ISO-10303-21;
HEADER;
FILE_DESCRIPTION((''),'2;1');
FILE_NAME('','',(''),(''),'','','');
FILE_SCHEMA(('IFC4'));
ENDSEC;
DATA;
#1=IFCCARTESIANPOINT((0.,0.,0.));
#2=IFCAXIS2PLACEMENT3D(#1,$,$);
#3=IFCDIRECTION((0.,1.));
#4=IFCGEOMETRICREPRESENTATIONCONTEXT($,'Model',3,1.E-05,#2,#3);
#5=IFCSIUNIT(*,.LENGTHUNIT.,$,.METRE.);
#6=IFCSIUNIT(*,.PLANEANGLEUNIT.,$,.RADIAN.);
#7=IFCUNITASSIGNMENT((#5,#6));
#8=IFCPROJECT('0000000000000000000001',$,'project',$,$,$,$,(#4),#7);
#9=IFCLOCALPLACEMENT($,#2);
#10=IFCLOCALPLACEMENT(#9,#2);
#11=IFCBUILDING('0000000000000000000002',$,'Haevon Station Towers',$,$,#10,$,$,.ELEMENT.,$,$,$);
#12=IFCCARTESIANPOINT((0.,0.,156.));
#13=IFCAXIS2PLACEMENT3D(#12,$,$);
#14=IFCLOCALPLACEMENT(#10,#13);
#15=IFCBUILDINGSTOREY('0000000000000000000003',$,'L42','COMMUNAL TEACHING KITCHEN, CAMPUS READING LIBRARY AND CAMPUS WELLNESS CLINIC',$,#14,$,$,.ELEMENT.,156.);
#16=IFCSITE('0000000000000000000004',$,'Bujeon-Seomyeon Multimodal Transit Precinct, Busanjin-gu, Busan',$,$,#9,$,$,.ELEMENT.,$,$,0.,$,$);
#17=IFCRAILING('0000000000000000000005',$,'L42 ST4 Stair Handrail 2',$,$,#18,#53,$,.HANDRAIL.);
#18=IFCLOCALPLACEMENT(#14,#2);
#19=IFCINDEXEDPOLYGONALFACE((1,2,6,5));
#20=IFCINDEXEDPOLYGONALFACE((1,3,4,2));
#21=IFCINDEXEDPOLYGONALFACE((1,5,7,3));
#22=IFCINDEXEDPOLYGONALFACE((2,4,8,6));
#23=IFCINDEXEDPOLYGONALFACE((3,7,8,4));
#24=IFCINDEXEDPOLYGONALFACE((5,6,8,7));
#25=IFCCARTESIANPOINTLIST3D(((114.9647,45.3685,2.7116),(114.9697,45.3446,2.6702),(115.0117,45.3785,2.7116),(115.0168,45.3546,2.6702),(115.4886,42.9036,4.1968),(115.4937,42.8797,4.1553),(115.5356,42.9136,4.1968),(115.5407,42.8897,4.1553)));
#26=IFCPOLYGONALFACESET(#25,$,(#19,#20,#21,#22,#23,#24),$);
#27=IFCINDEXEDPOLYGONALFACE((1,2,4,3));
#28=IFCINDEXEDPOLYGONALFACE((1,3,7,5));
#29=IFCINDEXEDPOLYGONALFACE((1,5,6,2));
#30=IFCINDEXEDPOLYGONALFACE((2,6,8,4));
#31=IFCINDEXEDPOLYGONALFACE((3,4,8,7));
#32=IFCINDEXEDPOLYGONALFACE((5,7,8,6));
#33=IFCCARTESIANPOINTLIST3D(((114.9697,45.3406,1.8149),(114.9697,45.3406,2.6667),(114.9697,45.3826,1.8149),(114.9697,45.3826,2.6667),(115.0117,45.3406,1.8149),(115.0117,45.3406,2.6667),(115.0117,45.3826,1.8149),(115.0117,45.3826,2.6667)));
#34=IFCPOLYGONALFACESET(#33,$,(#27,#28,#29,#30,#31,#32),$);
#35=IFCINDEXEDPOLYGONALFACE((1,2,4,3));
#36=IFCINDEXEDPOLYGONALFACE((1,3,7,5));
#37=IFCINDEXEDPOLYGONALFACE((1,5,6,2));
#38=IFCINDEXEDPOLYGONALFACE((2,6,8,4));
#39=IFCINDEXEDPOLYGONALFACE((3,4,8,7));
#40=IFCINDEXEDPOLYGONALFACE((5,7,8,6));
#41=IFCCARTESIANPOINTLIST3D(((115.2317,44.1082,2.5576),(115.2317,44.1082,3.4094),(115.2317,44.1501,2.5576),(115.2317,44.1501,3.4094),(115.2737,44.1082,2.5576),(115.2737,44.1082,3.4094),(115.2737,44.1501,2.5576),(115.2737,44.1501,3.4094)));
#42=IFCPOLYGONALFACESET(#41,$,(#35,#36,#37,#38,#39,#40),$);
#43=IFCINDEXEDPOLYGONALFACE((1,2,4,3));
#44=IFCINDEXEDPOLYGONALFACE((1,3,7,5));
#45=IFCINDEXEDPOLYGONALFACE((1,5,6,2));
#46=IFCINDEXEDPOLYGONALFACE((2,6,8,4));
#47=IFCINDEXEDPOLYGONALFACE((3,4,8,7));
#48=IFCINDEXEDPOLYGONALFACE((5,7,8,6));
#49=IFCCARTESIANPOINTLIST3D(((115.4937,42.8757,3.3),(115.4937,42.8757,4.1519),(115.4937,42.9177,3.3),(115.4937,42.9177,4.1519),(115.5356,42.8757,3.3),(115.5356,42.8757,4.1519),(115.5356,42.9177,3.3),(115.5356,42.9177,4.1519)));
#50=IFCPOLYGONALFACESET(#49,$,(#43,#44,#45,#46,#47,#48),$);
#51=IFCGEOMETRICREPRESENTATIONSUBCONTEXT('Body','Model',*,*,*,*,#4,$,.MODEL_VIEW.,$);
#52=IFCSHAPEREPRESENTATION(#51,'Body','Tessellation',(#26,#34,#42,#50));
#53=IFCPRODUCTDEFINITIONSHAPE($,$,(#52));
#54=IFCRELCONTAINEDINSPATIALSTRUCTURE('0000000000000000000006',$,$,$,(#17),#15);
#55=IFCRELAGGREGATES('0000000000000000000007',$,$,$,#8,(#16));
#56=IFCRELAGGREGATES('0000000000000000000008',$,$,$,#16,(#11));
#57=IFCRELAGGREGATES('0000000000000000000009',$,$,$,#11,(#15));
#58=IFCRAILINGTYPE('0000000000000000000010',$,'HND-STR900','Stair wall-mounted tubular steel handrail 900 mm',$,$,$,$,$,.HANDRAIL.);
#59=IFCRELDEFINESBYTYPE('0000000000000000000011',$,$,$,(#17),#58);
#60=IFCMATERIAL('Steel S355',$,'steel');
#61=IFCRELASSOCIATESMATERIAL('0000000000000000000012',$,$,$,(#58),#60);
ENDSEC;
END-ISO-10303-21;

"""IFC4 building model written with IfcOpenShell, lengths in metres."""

from ifc_helpers import new_model, si_unit, direction, frame, origin, origin_2d, place, context, subcontext, project, spatial, rectangle, extrude, material, type_object, element, save


model = new_model("IFC4")

# Units and contexts
model_context = context("Model", 3, precision=1e-05, world=origin(), true_north=direction((0.0, 1.0)))
body_context = subcontext(model_context, "Body", "Model", "MODEL_VIEW")
ifc_project = project(units=[si_unit("LENGTHUNIT", "METRE"), si_unit("PLANEANGLEUNIT", "RADIAN")], contexts=[model_context])

# Site, building, storey
site_placement = place(None, origin())
site = spatial("IfcSite", under=ifc_project, at=site_placement, Name="Bujeon-Seomyeon Multimodal Transit Precinct, Busanjin-gu, Busan", CompositionType="ELEMENT", RefElevation=0.0)
building_placement = place(site_placement, origin())
building = spatial("IfcBuilding", under=site, at=building_placement, Name="Haevon Station Towers", CompositionType="ELEMENT")
storey_placement = place(building_placement, frame((0.0, 0.0, 156.0)))
storey = spatial("IfcBuildingStorey", under=building, at=storey_placement, Name="L42", Description="COMMUNAL TEACHING KITCHEN, CAMPUS READING LIBRARY AND CAMPUS WELLNESS CLINIC", CompositionType="ELEMENT", Elevation=156.0)

# Shared definitions
ifc_material_1 = material(Name="Steel S355", Category="steel")

# Railing
railing_type_1 = type_object("IfcRailingType", Name="HND-STR900", Description="Stair wall-mounted tubular steel handrail 900 mm", PredefinedType="HANDRAIL", material=ifc_material_1)
railing_1_placement = place(storey_placement, frame((114.9907, 45.3616, 1.8149)))
element("IfcRailing", 1, at=railing_1_placement, inside=storey, type_object=railing_type_1, Name="L42 ST4 Stair Handrail 2", PredefinedType="HANDRAIL", context=body_context, shape_type="SweptSolid", body=[
    extrude(rectangle(XDim=0.0481, YDim=0.0481, at=origin_2d()), frame((0.0, 0.0, 0.876), z_axis=(0.179121, -0.842688, 0.507733), x_axis=(0.978147, 0.207914, 0.0)), (0.0, 0.0, 1.0), 2.925),
    extrude(rectangle(XDim=0.042, YDim=0.042, at=origin_2d()), origin(), (0.0, 0.0, 1.0), 0.8518),
    extrude(rectangle(XDim=0.042, YDim=0.042, at=origin_2d()), frame((0.262, -1.2324, 0.7427)), (0.0, 0.0, 1.0), 0.8518),
    extrude(rectangle(XDim=0.042, YDim=0.042, at=origin_2d()), frame((0.5239, -2.4648, 1.4851)), (0.0, 0.0, 1.0), 0.8518),
])

save(model, "model.ifc")
